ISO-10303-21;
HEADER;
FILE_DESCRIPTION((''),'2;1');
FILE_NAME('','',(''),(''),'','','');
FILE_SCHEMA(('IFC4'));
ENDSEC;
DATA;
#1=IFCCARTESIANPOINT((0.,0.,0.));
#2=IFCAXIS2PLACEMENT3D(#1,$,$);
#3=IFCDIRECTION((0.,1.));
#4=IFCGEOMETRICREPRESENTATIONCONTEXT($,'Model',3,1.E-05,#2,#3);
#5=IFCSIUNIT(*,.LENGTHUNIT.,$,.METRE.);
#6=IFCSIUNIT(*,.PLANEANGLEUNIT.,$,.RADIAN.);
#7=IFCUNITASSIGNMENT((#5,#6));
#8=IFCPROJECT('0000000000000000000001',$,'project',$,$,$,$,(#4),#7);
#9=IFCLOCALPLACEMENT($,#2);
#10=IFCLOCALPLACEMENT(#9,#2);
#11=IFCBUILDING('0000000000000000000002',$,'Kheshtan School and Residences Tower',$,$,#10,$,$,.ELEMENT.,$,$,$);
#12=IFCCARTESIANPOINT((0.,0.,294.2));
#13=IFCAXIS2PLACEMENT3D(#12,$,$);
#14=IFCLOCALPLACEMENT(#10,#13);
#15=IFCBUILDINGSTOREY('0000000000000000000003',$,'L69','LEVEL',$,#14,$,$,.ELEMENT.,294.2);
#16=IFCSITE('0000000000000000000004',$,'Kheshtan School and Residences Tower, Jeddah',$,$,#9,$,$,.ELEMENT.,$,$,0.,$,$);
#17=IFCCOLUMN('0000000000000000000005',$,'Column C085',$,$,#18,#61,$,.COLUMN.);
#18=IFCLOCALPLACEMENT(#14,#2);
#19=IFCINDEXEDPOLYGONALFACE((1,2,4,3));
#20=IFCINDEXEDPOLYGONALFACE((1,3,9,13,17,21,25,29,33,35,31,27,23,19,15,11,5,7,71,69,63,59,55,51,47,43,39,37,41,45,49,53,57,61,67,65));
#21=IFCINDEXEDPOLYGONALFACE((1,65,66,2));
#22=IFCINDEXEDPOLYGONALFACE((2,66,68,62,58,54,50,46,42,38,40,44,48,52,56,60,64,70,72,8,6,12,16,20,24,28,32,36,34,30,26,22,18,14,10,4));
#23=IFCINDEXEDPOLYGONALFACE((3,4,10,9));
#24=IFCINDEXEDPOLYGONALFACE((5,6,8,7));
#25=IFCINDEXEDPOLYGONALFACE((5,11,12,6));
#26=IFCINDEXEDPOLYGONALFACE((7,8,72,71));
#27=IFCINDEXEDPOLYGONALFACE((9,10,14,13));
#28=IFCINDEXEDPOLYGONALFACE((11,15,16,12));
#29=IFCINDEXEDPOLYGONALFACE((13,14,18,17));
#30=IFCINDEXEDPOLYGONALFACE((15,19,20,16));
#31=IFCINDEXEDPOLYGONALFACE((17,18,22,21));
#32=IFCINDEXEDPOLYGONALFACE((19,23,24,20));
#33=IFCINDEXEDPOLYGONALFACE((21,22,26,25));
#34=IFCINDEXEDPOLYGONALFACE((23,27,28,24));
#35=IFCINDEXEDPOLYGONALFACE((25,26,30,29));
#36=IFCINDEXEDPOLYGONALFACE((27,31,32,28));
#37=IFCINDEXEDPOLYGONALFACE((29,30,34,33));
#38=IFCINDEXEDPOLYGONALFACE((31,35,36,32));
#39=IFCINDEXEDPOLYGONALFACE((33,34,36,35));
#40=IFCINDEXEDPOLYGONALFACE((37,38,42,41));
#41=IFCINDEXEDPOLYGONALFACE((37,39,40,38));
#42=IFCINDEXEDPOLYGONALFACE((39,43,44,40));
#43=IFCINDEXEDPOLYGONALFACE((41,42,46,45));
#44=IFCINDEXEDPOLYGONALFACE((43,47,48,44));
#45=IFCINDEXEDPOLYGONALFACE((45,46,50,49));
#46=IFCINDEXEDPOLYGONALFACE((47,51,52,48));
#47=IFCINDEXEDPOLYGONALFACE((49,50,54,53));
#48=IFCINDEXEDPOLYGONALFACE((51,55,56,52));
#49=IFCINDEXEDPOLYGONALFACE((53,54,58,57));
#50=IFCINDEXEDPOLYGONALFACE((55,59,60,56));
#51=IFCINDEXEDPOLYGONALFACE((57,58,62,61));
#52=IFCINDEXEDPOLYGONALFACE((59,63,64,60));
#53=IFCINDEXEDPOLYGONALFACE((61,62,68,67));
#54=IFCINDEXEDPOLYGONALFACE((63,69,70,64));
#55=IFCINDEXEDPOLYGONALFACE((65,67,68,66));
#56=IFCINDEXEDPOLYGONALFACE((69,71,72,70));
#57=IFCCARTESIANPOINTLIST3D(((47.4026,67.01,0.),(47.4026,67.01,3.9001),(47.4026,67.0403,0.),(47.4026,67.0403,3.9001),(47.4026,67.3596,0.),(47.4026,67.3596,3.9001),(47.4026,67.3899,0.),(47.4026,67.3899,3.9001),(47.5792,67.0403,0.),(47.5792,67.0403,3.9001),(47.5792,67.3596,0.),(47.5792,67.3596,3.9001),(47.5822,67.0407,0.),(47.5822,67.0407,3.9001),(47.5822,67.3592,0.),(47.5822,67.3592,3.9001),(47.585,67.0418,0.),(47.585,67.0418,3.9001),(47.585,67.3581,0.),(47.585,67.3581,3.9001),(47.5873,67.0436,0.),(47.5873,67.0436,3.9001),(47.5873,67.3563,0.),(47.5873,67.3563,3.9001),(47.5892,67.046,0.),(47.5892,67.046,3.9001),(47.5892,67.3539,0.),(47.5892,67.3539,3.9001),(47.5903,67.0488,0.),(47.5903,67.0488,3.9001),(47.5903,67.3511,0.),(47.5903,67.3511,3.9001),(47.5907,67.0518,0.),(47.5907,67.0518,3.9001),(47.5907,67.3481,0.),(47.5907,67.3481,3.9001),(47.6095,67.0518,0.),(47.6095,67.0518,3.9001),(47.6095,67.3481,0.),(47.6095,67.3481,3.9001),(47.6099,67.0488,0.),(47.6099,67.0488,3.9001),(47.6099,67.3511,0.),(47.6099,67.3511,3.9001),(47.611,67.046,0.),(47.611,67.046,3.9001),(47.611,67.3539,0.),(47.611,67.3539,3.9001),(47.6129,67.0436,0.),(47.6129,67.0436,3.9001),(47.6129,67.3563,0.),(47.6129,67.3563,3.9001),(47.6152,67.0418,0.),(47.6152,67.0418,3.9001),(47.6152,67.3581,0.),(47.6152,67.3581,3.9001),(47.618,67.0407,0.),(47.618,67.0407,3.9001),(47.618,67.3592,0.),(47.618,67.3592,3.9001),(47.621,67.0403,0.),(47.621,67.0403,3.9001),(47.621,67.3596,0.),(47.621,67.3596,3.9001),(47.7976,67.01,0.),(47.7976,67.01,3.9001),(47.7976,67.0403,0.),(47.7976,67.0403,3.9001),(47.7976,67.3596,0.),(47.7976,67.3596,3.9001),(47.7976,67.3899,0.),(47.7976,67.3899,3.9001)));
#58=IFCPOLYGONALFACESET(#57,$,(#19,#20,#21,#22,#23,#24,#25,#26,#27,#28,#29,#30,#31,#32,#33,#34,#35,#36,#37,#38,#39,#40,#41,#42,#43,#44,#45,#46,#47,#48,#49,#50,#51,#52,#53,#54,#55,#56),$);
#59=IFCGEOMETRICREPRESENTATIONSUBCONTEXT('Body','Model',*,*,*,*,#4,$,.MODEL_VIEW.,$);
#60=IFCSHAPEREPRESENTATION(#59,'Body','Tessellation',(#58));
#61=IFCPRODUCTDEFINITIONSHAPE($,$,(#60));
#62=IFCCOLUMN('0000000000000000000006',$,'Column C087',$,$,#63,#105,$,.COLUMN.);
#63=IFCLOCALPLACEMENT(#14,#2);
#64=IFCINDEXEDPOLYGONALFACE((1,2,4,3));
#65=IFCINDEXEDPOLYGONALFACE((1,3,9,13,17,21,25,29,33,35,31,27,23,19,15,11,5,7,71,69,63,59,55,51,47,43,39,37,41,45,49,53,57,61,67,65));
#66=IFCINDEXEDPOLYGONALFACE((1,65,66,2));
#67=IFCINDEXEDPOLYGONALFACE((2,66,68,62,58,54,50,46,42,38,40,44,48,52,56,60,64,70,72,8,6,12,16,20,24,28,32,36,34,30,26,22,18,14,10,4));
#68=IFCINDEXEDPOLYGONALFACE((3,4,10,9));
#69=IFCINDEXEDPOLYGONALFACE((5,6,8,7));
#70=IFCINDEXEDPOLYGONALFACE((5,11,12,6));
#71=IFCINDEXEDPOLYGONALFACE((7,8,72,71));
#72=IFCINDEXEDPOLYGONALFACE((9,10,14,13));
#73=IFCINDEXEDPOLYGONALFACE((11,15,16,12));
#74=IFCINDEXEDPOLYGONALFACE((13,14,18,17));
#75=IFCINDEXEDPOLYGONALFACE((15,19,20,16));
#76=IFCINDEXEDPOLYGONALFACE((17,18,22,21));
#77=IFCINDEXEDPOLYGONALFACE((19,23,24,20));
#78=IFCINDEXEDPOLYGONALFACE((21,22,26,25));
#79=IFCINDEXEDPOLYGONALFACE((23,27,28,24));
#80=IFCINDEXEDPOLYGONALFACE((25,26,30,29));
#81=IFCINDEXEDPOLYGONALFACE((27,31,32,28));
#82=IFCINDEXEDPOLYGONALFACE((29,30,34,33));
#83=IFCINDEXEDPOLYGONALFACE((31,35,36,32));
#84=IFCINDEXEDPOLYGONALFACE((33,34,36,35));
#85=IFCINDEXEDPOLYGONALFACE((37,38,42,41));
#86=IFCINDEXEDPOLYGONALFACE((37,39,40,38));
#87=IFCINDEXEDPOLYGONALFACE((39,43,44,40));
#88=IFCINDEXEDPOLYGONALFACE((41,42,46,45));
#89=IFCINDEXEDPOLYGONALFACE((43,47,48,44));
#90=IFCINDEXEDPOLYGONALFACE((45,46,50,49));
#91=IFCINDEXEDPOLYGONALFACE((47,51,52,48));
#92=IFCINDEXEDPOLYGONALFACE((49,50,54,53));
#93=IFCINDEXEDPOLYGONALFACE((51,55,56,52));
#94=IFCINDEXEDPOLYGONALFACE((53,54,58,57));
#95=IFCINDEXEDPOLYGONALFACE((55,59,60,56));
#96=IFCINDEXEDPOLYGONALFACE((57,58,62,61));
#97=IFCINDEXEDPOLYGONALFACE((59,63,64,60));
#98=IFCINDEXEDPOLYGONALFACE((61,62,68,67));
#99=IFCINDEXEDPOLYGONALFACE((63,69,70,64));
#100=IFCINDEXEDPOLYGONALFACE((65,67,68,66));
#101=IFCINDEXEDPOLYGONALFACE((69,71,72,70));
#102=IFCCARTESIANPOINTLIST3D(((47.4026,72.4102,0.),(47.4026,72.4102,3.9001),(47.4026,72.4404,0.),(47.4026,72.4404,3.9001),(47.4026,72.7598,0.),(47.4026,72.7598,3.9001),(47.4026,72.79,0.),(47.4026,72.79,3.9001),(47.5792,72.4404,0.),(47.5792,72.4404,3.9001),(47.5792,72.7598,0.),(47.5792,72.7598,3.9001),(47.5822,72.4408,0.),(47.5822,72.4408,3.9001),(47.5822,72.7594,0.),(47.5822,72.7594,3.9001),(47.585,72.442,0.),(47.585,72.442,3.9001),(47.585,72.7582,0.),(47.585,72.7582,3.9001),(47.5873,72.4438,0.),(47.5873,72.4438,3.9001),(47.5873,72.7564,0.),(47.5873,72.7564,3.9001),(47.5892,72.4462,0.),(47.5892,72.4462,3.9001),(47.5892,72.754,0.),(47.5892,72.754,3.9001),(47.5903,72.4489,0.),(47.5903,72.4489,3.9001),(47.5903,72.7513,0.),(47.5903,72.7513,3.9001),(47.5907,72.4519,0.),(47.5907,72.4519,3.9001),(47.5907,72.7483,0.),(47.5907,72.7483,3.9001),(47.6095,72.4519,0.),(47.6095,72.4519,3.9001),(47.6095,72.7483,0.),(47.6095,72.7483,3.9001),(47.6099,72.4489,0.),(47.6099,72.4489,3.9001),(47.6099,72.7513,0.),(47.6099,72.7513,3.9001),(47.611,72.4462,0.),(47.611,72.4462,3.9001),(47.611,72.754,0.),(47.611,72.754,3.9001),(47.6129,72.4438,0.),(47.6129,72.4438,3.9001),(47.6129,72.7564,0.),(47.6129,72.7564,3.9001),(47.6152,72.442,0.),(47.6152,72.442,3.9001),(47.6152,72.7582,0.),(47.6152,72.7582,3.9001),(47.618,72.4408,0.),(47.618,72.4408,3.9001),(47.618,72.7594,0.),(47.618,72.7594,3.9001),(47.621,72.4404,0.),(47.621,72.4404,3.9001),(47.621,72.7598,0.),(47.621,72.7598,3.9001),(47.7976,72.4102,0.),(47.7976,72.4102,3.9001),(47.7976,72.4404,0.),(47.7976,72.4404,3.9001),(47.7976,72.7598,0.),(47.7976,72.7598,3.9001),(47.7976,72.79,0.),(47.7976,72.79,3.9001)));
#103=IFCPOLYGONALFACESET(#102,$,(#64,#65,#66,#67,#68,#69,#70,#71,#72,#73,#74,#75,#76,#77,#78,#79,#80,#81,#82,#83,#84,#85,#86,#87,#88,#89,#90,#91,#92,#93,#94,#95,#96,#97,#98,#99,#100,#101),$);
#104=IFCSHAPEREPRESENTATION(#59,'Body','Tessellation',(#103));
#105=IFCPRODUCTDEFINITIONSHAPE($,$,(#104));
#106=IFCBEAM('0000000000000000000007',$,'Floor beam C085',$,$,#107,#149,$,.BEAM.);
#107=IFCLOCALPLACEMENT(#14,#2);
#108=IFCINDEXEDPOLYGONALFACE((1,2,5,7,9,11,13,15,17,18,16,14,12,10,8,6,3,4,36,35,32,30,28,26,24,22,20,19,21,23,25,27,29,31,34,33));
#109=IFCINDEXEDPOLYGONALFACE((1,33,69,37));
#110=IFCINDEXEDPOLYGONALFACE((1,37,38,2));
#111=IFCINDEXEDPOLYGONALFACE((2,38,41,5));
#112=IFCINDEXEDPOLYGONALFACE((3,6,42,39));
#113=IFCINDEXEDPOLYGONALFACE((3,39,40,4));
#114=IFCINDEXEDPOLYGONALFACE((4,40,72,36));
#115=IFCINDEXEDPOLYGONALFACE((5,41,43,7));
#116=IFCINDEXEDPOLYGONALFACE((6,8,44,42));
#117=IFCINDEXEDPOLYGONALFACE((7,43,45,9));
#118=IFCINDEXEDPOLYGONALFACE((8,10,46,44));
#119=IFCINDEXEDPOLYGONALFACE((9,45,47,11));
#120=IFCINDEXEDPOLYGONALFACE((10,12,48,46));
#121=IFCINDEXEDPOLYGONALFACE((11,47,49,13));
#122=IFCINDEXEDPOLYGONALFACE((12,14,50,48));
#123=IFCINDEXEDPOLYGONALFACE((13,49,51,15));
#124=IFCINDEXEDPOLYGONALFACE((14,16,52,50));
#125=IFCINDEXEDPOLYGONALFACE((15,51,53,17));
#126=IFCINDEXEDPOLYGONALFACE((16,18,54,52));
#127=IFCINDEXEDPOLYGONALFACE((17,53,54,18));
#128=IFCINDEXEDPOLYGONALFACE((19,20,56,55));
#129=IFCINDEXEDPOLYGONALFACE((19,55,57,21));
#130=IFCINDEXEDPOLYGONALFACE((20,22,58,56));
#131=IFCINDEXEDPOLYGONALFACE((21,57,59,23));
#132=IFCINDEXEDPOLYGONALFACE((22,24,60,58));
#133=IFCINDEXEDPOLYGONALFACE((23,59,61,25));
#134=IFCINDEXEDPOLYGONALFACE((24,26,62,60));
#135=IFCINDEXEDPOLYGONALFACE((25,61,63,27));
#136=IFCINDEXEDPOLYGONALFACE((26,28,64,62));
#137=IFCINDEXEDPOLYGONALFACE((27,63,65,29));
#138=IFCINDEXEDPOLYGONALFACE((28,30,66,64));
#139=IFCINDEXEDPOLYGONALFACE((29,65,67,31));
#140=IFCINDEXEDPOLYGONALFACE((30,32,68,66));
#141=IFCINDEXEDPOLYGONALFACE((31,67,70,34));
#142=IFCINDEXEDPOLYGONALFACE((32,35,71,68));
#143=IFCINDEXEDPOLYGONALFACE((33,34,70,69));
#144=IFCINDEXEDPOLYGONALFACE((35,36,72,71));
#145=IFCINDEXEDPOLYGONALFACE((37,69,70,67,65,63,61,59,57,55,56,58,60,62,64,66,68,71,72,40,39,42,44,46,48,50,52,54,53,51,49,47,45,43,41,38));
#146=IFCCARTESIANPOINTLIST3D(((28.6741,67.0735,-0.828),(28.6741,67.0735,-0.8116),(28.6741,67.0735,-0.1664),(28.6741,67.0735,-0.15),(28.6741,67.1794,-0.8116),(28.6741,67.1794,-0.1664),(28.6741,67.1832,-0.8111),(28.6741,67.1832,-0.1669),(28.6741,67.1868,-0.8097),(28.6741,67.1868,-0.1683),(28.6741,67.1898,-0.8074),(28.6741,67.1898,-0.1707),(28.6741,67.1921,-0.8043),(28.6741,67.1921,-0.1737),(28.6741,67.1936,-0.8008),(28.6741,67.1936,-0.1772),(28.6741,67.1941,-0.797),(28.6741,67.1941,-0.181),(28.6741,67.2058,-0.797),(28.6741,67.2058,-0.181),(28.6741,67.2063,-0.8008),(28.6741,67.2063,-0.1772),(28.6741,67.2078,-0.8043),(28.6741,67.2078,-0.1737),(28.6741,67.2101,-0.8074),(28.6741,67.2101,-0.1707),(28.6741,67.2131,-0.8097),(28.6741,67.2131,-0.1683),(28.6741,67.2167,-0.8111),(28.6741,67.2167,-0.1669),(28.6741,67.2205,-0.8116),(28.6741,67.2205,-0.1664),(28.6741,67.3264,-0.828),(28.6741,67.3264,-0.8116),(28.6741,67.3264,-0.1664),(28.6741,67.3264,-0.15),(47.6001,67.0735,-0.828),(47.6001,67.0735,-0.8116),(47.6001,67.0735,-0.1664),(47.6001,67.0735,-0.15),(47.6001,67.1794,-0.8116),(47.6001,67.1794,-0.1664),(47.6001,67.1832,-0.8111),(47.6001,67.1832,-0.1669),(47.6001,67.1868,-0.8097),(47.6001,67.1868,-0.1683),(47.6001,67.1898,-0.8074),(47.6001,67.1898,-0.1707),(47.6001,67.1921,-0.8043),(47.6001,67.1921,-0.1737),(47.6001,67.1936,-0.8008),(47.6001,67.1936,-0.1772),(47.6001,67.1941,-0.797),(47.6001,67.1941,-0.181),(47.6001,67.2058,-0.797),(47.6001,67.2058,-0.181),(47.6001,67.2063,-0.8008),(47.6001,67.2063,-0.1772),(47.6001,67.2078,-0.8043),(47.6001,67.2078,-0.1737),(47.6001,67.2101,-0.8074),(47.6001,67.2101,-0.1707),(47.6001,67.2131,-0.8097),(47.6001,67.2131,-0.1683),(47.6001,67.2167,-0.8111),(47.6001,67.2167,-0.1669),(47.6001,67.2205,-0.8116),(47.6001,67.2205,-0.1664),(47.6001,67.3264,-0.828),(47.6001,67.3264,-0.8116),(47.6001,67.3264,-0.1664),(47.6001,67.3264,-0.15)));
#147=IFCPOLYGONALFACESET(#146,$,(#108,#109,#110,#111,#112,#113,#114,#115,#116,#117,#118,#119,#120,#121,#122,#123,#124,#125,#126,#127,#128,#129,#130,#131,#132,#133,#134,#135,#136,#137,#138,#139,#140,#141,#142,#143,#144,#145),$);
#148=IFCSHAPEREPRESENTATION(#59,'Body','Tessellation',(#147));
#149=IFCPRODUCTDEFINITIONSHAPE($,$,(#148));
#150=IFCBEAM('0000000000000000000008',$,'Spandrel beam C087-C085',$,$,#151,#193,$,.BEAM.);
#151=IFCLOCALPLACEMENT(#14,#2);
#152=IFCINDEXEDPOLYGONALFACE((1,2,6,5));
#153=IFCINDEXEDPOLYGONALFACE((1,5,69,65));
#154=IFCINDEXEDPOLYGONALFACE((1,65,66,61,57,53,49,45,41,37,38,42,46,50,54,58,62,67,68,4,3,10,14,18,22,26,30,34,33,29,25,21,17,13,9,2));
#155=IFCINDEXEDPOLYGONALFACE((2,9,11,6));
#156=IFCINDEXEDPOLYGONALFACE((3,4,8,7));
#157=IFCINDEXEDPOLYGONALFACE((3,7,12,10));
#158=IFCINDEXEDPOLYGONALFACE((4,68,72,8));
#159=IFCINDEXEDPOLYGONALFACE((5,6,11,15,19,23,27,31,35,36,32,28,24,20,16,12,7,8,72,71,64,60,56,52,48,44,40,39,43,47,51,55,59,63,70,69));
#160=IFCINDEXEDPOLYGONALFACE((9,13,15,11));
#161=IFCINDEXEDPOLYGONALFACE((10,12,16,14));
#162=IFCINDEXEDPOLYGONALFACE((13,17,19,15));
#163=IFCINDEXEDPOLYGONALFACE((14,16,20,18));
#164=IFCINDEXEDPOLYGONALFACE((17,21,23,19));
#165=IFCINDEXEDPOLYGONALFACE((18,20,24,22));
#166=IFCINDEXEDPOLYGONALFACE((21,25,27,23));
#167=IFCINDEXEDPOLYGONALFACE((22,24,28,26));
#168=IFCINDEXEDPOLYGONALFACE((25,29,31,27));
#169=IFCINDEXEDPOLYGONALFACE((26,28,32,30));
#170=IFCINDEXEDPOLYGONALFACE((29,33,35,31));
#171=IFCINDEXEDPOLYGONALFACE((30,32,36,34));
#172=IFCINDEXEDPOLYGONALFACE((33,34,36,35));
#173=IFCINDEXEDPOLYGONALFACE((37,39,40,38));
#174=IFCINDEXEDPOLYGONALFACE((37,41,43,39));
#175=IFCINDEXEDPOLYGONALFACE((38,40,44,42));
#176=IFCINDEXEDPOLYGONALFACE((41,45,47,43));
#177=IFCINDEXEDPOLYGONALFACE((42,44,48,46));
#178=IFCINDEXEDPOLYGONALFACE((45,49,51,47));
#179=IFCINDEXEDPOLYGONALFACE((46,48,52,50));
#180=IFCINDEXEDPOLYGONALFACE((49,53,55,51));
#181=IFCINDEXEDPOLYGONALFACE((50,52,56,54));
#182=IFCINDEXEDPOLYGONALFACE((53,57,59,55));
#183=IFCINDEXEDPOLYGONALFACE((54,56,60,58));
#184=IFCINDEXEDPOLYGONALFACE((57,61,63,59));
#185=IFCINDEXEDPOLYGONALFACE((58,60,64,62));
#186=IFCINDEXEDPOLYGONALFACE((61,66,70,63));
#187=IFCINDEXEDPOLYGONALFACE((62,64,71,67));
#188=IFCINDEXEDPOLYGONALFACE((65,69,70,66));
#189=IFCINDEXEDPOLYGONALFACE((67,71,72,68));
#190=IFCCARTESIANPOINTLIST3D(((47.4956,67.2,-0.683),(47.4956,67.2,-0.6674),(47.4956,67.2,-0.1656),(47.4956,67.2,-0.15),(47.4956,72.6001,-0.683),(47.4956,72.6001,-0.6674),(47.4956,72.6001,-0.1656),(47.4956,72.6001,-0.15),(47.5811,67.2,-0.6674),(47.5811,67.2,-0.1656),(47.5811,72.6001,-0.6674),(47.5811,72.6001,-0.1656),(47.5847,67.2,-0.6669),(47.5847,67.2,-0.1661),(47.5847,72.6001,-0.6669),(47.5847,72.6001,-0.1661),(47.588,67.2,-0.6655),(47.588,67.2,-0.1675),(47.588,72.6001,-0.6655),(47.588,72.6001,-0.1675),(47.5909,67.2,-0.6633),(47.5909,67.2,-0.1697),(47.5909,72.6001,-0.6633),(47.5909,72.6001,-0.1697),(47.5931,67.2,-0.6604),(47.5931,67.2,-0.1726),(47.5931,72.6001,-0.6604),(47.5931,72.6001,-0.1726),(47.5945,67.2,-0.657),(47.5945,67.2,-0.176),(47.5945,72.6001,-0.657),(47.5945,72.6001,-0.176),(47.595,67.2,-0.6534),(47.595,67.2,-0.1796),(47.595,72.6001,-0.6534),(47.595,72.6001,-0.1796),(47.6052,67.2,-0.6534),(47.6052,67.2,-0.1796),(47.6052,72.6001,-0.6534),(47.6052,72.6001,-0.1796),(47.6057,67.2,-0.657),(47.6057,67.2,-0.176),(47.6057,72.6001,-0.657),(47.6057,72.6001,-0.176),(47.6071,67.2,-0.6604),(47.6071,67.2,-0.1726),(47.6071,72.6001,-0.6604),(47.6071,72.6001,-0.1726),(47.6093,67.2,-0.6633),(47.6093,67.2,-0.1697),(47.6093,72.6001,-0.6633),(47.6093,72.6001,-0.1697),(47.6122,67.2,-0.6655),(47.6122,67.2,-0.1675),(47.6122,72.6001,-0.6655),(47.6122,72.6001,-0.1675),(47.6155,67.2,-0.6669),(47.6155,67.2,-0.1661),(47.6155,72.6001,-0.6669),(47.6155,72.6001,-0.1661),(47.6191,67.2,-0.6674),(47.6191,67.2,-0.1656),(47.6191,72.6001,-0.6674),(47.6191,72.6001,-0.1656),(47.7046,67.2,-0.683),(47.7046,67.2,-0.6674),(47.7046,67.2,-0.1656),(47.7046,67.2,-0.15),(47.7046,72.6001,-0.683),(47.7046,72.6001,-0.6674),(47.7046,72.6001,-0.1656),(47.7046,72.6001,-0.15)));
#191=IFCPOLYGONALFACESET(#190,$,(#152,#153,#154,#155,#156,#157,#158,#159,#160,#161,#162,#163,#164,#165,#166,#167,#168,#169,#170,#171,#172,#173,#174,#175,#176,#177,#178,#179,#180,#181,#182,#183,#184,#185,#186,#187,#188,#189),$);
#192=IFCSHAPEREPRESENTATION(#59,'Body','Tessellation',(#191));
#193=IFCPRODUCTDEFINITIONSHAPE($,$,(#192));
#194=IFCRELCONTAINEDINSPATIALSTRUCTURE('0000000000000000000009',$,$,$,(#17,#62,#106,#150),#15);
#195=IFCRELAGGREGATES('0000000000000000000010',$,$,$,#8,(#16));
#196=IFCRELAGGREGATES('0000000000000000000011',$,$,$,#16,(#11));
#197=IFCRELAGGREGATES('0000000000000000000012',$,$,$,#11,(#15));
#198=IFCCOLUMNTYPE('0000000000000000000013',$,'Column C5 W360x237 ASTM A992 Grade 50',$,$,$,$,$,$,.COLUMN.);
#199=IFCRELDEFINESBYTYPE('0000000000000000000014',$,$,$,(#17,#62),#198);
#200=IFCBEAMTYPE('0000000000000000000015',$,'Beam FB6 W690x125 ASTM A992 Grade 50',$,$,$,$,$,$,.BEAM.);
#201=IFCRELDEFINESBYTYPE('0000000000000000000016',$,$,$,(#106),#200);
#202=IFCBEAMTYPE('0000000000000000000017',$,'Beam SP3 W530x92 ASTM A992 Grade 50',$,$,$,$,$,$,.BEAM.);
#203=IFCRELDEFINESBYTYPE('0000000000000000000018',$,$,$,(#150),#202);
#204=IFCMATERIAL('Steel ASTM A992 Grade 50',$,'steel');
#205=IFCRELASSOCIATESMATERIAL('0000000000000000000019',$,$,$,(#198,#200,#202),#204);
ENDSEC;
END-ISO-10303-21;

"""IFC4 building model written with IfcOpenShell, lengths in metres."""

from ifc_helpers import new_model, si_unit, direction, frame, origin, origin_2d, place, context, subcontext, project, spatial, i_section, extrude, material, material_profile, profile_set, type_object, element, save


model = new_model("IFC4")

# Units and contexts
model_context = context("Model", 3, precision=1e-05, world=origin(), true_north=direction((0.0, 1.0)))
body_context = subcontext(model_context, "Body", "Model", "MODEL_VIEW")
ifc_project = project(units=[si_unit("LENGTHUNIT", "METRE"), si_unit("PLANEANGLEUNIT", "RADIAN")], contexts=[model_context])

# Site, building, storey
site_placement = place(None, origin())
site = spatial("IfcSite", under=ifc_project, at=site_placement, Name="Kheshtan School and Residences Tower, Jeddah", CompositionType="ELEMENT", RefElevation=0.0)
building_placement = place(site_placement, origin())
building = spatial("IfcBuilding", under=site, at=building_placement, Name="Kheshtan School and Residences Tower", CompositionType="ELEMENT")
storey_placement = place(building_placement, frame((0.0, 0.0, 294.2)))
storey = spatial("IfcBuildingStorey", under=building, at=storey_placement, Name="L69", Description="LEVEL", CompositionType="ELEMENT", Elevation=294.2)

# Columns
ifc_material_1 = material(Name="Steel ASTM A992 Grade 50", Category="steel")
ifc_material_profile_1 = material_profile(ifc_material_1, i_section(OverallWidth=0.395, OverallDepth=0.3799, WebThickness=0.0188, FlangeThickness=0.0303, FilletRadius=0.0115, at=origin_2d()), Name="W360x237")
ifc_profile_set_1 = profile_set([ifc_material_profile_1], Name="Steel ASTM A992 Grade 50")
column_type = type_object("IfcColumnType", Name="Column C5 W360x237 ASTM A992 Grade 50", PredefinedType="COLUMN", material=ifc_profile_set_1)
for number, where, z_axis, x_axis, name in (
    (1, (47.6001, 67.2, 0.0), (0.0, 0.0, 1.0), (1.0, 0.0, 0.0), "Column C085"),
    (2, (47.6001, 72.6001, 0.0), (0.0, 0.0, 1.0), (1.0, 0.0, 0.0), "Column C087"),
):
    element("IfcColumn", number, at=place(storey_placement, frame(where, z_axis=z_axis, x_axis=x_axis)), inside=storey, type_object=column_type, Name=name, PredefinedType="COLUMN", context=body_context, shape_type="SweptSolid", body=[
        extrude(i_section(OverallWidth=0.395, OverallDepth=0.3799, WebThickness=0.0188, FlangeThickness=0.0303, FilletRadius=0.0115, at=origin_2d()), origin(), (0.0, 0.0, 1.0), 3.9001),
    ])

# Beams
ifc_material_profile_2 = material_profile(ifc_material_1, i_section(OverallWidth=0.2529, OverallDepth=0.678, WebThickness=0.0117, FlangeThickness=0.0164, FilletRadius=0.0146, at=origin_2d()), Name="W690x125")
ifc_profile_set_2 = profile_set([ifc_material_profile_2], Name="Steel ASTM A992 Grade 50")
beam_type_1 = type_object("IfcBeamType", Name="Beam FB6 W690x125 ASTM A992 Grade 50", PredefinedType="BEAM", material=ifc_profile_set_2)
beam_1_placement = place(storey_placement, frame((47.6001, 67.2, -0.489), z_axis=(-1.0, 0.0, 0.0), x_axis=(0.0, -1.0, 0.0)))
element("IfcBeam", 3, at=beam_1_placement, inside=storey, type_object=beam_type_1, Name="Floor beam C085", PredefinedType="BEAM", context=body_context, shape_type="SweptSolid", body=[
    extrude(i_section(OverallWidth=0.2529, OverallDepth=0.678, WebThickness=0.0117, FlangeThickness=0.0164, FilletRadius=0.0146, at=origin_2d()), origin(), (0.0, 0.0, 1.0), 18.926),
])
ifc_material_profile_3 = material_profile(ifc_material_1, i_section(OverallWidth=0.209, OverallDepth=0.533, WebThickness=0.0103, FlangeThickness=0.0156, FilletRadius=0.0139, at=origin_2d()), Name="W530x92")
ifc_profile_set_3 = profile_set([ifc_material_profile_3], Name="Steel ASTM A992 Grade 50")
beam_type_2 = type_object("IfcBeamType", Name="Beam SP3 W530x92 ASTM A992 Grade 50", PredefinedType="BEAM", material=ifc_profile_set_3)
beam_2_placement = place(storey_placement, frame((47.6001, 72.6001, -0.4165), z_axis=(0.0, -1.0, 0.0), x_axis=(1.0, 0.0, 0.0)))
element("IfcBeam", 4, at=beam_2_placement, inside=storey, type_object=beam_type_2, Name="Spandrel beam C087-C085", PredefinedType="BEAM", context=body_context, shape_type="SweptSolid", body=[
    extrude(i_section(OverallWidth=0.209, OverallDepth=0.533, WebThickness=0.0103, FlangeThickness=0.0156, FilletRadius=0.0139, at=origin_2d()), origin(), (0.0, 0.0, 1.0), 5.4001),
])

save(model, "model.ifc")
